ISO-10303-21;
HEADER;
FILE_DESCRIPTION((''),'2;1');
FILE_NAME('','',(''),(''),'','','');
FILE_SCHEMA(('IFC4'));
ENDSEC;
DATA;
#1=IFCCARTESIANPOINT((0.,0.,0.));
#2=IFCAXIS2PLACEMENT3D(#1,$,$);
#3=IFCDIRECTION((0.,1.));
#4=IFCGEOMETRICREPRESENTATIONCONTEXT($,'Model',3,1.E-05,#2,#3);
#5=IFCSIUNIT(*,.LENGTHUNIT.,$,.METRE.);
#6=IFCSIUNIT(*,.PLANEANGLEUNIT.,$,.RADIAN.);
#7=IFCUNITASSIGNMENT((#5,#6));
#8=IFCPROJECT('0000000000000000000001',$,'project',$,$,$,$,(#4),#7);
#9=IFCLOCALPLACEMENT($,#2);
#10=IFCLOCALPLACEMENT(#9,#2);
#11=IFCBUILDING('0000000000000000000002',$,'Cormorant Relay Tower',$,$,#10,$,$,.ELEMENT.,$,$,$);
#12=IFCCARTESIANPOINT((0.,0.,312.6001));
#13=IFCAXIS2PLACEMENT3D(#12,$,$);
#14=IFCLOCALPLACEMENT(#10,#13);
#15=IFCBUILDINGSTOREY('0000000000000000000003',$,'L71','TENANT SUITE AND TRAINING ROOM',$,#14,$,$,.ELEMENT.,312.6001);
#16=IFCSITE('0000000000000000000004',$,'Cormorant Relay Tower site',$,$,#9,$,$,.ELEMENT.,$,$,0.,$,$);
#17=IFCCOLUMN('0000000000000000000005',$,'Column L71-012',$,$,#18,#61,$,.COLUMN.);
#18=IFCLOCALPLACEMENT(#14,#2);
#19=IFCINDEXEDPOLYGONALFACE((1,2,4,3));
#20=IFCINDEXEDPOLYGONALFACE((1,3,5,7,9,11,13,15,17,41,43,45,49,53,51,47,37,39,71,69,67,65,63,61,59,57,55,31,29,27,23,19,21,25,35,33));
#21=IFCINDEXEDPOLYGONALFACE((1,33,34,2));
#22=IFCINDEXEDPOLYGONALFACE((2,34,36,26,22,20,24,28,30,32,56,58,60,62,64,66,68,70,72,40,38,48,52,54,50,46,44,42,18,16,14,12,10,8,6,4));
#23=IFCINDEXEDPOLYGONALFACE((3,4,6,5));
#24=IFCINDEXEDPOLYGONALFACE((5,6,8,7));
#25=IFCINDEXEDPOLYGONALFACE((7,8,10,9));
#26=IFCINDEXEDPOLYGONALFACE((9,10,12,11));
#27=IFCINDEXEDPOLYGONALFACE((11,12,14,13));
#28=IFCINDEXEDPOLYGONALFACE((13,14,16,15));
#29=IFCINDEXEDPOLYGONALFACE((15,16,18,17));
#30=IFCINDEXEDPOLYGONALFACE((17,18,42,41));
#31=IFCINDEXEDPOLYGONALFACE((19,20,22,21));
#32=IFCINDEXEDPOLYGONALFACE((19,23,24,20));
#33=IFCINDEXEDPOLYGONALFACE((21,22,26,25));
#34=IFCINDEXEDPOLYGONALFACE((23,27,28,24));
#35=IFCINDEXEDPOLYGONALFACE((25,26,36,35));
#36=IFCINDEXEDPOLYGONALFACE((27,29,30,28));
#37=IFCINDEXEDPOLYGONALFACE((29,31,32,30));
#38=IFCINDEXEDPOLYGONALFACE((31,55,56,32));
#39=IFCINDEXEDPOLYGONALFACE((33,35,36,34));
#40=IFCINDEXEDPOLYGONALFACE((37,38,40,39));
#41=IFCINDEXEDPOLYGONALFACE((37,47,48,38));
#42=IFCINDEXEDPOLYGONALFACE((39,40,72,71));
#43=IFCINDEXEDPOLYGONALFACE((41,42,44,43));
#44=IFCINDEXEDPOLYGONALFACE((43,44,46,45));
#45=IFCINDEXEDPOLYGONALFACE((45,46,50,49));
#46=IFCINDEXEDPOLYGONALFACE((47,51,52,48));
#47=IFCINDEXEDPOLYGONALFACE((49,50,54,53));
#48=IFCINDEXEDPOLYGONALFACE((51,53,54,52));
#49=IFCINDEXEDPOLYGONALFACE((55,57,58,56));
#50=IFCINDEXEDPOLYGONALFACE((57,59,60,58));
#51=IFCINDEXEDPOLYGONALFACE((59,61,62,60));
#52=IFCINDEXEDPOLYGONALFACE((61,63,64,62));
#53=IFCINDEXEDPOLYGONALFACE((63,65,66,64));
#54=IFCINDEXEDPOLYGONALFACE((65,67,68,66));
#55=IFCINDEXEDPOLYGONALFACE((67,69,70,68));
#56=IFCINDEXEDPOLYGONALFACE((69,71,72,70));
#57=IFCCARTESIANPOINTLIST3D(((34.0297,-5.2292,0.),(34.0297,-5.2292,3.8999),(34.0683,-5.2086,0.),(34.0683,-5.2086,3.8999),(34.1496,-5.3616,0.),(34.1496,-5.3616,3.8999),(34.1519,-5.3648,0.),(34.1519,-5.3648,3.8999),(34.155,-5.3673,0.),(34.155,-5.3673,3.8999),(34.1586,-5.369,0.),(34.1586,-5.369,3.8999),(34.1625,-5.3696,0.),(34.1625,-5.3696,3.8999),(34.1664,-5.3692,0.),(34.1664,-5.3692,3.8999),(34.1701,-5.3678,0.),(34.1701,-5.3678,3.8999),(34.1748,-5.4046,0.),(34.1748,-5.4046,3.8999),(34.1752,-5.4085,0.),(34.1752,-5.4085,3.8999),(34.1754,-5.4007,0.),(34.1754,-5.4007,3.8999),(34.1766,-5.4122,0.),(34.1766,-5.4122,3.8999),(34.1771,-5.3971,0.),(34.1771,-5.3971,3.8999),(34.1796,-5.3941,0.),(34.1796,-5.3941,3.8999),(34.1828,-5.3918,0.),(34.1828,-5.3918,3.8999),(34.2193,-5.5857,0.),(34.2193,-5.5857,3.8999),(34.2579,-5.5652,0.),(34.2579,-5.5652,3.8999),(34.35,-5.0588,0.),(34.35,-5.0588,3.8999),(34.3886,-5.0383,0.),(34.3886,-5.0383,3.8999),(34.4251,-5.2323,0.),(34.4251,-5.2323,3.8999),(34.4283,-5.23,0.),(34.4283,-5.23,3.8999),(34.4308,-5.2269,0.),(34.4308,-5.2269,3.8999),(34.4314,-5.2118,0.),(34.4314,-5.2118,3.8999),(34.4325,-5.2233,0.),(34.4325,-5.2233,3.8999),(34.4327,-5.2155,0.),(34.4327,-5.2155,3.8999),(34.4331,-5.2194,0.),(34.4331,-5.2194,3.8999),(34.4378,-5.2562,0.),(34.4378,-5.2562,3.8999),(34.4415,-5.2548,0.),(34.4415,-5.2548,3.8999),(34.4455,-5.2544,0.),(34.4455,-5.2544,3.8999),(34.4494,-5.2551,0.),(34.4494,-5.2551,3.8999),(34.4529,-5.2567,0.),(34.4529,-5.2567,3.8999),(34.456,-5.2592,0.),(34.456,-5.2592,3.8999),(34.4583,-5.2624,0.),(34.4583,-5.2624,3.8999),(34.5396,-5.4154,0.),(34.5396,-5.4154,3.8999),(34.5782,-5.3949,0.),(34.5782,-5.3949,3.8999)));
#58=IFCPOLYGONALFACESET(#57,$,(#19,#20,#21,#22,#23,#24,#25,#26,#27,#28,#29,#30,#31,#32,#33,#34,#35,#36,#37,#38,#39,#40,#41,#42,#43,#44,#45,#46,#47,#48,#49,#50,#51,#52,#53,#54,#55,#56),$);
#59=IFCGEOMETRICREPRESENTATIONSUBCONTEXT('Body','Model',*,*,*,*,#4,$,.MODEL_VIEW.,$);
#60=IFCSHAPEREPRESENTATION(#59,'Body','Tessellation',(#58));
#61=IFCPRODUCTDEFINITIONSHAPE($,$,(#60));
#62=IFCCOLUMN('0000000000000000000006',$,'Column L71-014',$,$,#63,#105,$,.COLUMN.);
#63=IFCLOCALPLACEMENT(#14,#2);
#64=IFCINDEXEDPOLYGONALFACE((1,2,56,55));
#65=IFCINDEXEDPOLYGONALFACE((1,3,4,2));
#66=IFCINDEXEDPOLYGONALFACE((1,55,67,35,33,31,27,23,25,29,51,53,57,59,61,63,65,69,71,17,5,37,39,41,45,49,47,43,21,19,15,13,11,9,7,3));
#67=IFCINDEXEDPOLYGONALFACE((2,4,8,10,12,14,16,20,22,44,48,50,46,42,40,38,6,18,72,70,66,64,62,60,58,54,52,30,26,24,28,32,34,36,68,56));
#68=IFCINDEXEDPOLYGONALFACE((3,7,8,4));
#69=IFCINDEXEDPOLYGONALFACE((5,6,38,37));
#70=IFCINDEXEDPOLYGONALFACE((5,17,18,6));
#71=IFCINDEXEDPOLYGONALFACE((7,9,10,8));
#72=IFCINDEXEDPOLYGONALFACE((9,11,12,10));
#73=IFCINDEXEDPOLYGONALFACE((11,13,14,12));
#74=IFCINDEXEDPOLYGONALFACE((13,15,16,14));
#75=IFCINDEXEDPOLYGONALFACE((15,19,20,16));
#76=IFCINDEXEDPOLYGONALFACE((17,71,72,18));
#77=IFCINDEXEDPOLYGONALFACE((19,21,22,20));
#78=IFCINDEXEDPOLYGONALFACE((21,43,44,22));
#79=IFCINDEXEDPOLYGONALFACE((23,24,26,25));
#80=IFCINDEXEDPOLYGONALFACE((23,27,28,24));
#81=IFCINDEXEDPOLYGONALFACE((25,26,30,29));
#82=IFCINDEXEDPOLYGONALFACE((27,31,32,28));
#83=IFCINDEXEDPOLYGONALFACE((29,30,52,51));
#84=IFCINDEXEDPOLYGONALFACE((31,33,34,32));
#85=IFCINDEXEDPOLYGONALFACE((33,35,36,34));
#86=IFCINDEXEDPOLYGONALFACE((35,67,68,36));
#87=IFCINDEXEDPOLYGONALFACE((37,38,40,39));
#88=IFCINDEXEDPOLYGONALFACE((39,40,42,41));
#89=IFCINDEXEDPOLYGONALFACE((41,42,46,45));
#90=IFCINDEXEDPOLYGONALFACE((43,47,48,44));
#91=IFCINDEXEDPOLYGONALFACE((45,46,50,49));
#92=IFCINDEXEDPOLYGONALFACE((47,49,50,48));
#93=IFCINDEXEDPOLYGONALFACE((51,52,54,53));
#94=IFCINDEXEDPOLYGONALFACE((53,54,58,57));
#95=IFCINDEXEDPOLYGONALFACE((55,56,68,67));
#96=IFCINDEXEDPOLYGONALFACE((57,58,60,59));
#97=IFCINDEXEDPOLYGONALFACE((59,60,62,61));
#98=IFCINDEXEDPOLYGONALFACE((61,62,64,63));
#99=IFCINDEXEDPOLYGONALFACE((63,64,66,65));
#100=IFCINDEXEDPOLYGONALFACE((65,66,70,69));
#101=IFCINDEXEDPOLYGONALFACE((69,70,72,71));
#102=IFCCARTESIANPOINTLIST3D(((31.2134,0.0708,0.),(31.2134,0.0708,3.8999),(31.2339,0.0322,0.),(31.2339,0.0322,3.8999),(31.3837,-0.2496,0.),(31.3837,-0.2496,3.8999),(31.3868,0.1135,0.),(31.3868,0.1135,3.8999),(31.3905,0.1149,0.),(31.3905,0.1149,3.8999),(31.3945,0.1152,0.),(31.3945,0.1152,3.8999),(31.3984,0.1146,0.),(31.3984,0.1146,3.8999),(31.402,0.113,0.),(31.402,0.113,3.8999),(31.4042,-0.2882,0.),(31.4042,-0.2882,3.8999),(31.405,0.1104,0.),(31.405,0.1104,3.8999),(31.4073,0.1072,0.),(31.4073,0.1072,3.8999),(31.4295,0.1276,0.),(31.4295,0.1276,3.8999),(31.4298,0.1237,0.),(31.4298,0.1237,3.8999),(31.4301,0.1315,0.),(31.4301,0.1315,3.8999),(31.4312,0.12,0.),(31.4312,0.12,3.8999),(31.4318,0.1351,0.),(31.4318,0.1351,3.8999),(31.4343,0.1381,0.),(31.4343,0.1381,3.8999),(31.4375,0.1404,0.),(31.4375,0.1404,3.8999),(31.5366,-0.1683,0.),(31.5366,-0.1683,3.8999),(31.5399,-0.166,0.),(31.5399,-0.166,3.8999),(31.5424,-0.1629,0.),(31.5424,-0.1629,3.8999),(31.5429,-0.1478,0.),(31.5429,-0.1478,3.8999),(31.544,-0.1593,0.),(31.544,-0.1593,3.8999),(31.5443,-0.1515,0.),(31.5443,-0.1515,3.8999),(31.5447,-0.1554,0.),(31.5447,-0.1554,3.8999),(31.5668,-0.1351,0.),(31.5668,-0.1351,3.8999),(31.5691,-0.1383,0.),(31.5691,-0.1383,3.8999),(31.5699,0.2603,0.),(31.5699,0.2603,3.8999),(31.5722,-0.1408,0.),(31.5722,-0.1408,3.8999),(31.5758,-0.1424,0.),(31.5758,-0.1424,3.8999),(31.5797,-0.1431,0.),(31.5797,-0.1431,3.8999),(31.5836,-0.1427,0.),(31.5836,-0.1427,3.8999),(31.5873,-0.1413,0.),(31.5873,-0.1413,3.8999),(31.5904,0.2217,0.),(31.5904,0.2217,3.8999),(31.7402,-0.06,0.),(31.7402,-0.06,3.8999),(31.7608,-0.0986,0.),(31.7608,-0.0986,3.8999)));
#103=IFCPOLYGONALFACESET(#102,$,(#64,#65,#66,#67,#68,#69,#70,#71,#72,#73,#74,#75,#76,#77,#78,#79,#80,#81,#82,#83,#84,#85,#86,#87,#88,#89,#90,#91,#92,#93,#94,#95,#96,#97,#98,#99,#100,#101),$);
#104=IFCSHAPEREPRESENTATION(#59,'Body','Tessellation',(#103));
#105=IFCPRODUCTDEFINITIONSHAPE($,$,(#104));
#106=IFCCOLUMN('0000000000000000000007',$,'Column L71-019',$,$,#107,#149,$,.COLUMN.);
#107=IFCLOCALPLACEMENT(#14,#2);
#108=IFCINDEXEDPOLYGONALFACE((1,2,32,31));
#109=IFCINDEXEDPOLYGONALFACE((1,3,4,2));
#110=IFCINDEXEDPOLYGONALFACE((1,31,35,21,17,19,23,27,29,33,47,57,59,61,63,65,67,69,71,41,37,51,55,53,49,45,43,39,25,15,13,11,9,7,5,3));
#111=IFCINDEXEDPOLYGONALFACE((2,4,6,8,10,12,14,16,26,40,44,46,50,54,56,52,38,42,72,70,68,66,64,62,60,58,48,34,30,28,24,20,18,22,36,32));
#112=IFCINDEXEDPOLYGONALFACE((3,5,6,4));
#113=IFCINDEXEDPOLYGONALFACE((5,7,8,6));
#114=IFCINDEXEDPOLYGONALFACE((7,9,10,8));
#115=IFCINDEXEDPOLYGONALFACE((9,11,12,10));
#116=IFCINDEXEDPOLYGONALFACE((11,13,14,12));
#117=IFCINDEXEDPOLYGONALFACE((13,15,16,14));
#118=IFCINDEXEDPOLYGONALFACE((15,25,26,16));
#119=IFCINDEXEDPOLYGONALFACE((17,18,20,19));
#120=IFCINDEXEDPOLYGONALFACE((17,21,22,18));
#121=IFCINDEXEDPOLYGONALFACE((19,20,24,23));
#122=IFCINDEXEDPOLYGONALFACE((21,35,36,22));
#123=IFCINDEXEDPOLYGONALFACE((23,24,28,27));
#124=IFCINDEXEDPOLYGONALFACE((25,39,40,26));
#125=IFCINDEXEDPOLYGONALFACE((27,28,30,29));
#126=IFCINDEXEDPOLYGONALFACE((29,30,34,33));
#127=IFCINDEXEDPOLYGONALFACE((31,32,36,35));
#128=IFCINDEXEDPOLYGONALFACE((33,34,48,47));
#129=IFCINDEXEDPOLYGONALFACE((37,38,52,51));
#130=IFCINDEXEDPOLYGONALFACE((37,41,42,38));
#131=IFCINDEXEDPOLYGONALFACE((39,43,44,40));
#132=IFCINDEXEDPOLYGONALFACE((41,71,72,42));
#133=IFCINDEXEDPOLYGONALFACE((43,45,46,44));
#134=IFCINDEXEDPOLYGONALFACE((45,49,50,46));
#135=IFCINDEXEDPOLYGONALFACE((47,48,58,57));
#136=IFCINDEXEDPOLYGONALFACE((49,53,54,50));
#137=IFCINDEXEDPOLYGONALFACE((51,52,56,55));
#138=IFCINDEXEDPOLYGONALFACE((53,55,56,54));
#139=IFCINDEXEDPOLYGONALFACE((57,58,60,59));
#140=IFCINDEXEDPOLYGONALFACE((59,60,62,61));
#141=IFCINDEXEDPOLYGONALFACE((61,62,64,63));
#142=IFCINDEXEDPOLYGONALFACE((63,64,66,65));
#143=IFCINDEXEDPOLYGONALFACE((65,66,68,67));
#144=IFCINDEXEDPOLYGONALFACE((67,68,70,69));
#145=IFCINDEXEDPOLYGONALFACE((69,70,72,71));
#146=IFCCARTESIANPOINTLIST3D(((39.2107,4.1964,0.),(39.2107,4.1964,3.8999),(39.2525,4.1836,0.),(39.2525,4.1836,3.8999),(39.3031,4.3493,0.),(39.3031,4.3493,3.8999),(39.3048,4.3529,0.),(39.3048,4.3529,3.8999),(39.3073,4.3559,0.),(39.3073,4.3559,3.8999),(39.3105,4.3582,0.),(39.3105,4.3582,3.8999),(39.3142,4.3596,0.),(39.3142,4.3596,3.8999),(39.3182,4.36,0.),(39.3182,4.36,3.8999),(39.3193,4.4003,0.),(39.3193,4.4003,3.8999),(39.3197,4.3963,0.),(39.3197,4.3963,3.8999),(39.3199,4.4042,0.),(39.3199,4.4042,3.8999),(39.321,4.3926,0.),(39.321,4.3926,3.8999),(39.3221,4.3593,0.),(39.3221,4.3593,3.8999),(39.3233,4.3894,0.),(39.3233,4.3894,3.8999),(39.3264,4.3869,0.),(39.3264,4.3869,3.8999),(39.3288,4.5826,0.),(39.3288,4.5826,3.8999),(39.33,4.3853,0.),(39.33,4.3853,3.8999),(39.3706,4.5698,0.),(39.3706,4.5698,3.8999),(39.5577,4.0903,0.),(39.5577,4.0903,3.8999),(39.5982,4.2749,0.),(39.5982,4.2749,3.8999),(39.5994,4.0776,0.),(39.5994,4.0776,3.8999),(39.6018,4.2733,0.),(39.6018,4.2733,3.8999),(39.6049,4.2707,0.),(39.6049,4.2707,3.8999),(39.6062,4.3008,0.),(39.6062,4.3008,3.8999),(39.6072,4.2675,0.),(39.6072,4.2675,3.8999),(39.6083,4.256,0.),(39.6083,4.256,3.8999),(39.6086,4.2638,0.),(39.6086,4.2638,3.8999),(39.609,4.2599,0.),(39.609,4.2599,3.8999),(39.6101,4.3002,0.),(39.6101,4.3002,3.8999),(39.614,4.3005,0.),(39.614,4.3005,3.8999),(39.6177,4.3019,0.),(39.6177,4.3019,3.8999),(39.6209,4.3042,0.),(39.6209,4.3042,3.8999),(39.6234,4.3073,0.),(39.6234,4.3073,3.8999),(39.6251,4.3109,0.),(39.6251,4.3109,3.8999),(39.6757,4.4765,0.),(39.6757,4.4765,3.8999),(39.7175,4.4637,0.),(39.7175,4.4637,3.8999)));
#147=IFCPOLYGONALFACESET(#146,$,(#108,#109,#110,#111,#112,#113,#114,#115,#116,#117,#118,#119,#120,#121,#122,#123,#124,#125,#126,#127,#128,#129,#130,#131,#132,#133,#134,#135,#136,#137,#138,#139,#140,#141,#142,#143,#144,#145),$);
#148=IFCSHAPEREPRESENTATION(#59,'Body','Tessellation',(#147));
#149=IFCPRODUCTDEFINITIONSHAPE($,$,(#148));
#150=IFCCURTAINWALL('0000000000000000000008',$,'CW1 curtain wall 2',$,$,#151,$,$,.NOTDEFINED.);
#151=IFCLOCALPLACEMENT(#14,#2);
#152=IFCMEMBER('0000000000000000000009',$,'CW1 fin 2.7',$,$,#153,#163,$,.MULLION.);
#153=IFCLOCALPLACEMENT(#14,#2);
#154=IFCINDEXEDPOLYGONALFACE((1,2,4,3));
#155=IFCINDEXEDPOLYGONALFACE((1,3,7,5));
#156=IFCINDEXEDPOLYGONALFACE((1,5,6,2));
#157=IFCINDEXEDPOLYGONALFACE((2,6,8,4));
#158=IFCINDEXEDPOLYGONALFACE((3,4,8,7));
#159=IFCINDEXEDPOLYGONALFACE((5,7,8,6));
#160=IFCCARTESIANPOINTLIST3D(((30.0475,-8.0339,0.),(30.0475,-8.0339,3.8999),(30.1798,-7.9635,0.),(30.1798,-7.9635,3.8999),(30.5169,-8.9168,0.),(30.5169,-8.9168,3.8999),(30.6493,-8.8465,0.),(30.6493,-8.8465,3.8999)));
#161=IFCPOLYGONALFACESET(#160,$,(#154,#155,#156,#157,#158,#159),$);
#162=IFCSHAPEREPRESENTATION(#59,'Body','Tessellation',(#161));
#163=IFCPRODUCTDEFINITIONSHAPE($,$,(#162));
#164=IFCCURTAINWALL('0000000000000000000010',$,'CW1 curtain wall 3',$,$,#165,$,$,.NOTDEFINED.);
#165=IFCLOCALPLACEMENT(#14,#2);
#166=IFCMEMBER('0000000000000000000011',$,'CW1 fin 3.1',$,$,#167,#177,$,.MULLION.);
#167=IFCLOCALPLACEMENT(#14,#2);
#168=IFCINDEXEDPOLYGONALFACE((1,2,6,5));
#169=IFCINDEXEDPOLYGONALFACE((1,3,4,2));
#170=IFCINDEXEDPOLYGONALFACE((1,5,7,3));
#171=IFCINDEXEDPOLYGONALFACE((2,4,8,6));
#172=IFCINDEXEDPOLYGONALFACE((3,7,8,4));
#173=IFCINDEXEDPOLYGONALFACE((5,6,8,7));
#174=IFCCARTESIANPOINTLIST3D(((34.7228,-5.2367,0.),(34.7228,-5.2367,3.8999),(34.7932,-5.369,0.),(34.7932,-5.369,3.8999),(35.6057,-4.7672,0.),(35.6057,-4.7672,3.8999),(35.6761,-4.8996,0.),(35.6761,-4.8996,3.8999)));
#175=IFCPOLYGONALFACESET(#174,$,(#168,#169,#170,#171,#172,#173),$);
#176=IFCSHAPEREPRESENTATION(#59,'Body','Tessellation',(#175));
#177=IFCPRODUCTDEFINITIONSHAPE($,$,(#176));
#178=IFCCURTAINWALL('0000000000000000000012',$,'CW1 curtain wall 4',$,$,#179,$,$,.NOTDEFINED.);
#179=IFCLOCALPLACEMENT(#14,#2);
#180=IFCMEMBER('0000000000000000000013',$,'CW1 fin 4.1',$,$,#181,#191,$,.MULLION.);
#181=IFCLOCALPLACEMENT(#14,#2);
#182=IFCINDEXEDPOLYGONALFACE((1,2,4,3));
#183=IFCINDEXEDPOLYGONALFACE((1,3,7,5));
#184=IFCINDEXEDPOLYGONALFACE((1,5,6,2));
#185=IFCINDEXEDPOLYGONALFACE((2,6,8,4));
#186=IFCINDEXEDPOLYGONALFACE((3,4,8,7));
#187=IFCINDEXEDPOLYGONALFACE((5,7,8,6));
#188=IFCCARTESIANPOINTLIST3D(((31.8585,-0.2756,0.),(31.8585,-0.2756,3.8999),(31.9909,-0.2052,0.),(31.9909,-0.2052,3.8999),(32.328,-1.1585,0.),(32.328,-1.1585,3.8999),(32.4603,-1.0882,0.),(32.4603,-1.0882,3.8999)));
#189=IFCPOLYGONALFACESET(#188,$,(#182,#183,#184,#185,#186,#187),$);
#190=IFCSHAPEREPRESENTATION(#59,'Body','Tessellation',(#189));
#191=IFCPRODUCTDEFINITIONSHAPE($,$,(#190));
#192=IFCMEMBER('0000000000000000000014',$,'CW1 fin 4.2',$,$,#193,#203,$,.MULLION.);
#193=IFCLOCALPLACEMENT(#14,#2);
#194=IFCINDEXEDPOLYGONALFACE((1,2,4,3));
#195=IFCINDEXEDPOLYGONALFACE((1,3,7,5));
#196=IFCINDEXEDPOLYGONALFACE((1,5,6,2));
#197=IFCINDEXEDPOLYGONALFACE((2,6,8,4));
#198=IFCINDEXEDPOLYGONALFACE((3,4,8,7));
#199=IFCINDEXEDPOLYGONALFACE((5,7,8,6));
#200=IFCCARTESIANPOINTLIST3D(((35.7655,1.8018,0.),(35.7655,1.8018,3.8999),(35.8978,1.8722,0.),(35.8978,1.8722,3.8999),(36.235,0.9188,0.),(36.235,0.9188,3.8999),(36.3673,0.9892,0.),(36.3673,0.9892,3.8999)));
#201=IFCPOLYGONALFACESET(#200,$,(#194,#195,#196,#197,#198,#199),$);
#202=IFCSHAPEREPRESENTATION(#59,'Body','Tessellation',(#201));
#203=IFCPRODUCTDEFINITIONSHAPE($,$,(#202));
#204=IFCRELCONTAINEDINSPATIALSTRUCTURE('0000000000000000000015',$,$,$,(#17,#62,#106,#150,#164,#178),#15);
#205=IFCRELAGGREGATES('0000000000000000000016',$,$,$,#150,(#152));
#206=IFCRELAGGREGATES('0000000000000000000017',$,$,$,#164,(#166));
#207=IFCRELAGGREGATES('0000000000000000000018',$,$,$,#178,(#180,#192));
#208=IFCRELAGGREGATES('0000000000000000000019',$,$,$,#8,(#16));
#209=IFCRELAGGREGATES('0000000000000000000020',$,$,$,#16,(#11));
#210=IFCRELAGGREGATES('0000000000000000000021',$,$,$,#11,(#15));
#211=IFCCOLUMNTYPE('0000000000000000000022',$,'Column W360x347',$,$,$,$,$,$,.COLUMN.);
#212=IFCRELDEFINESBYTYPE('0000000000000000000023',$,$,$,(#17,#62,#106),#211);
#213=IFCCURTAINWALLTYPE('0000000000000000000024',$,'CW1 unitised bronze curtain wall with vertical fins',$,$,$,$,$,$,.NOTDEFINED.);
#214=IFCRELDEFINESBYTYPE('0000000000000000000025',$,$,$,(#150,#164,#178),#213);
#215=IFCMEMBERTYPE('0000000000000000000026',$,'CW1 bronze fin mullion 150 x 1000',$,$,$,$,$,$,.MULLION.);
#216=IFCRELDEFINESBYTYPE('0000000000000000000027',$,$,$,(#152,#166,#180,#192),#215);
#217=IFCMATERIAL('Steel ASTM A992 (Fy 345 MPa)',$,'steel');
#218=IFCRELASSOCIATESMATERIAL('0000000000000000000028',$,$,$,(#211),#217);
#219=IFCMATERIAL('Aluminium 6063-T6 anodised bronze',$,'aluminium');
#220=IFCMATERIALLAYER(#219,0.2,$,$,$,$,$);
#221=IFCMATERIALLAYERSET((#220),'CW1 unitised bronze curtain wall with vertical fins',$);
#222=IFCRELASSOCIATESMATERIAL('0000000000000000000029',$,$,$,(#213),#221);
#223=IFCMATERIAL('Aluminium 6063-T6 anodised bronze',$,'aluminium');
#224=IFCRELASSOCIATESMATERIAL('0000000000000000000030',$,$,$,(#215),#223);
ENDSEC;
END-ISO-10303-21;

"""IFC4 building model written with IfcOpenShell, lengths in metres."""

from ifc_helpers import new_model, si_unit, direction, frame, origin, origin_2d, place, context, subcontext, project, spatial, rectangle, i_section, extrude, material, layer, layer_set, material_profile, profile_set, type_object, element, aggregate, save


model = new_model("IFC4")

# Units and contexts
model_context = context("Model", 3, precision=1e-05, world=origin(), true_north=direction((0.0, 1.0)))
body_context = subcontext(model_context, "Body", "Model", "MODEL_VIEW")
ifc_project = project(units=[si_unit("LENGTHUNIT", "METRE"), si_unit("PLANEANGLEUNIT", "RADIAN")], contexts=[model_context])

# Site, building, storey
site_placement = place(None, origin())
site = spatial("IfcSite", under=ifc_project, at=site_placement, Name="Cormorant Relay Tower site", CompositionType="ELEMENT", RefElevation=0.0)
building_placement = place(site_placement, origin())
building = spatial("IfcBuilding", under=site, at=building_placement, Name="Cormorant Relay Tower", CompositionType="ELEMENT")
storey_placement = place(building_placement, frame((0.0, 0.0, 312.6001)))
storey = spatial("IfcBuildingStorey", under=building, at=storey_placement, Name="L71", Description="TENANT SUITE AND TRAINING ROOM", CompositionType="ELEMENT", Elevation=312.6001)

# Columns
ifc_material_1 = material(Name="Steel ASTM A992 (Fy 345 MPa)", Category="steel")
ifc_material_profile_1 = material_profile(ifc_material_1, i_section(OverallWidth=0.4038, OverallDepth=0.4065, WebThickness=0.0271, FlangeThickness=0.0437, FilletRadius=0.0151, at=origin_2d()), Name="W360x347")
ifc_profile_set_1 = profile_set([ifc_material_profile_1], Name="Steel ASTM A992 (Fy 345 MPa)")
column_type = type_object("IfcColumnType", Name="Column W360x347", PredefinedType="COLUMN", material=ifc_profile_set_1)
for number, where, z_axis, x_axis, name in (
    (1, (34.304, -5.312, 0.0), (0.0, 0.0, 1.0), (-0.469472, 0.882948, 0.0), "Column L71-012"),
    (2, (31.4871, -0.0139, 0.0), (0.0, 0.0, 1.0), (0.882948, 0.469472, 0.0), "Column L71-014"),
    (3, (39.4641, 4.3301, 0.0), (0.0, 0.0, 1.0), (0.292372, 0.956305, 0.0), "Column L71-019"),
):
    element("IfcColumn", number, at=place(storey_placement, frame(where, z_axis=z_axis, x_axis=x_axis)), inside=storey, type_object=column_type, Name=name, PredefinedType="COLUMN", context=body_context, shape_type="SweptSolid", body=[
        extrude(i_section(OverallWidth=0.4038, OverallDepth=0.4065, WebThickness=0.0271, FlangeThickness=0.0437, FilletRadius=0.0151, at=origin_2d()), origin(), (0.0, 0.0, 1.0), 3.8999),
    ])

# Curtain walls, members
ifc_material_2 = material(Name="Aluminium 6063-T6 anodised bronze", Category="aluminium")
ifc_layer_1 = layer(ifc_material_2, 0.2)
ifc_layer_set_1 = layer_set([ifc_layer_1], Name="CW1 unitised bronze curtain wall with vertical fins")
curtain_wall_type = type_object("IfcCurtainWallType", Name="CW1 unitised bronze curtain wall with vertical fins", PredefinedType="NOTDEFINED", material=ifc_layer_set_1)
curtain_wall_1_placement = place(storey_placement, origin())
curtain_wall_1 = element("IfcCurtainWall", 4, at=curtain_wall_1_placement, inside=storey, type_object=curtain_wall_type, Name="CW1 curtain wall 2", PredefinedType="NOTDEFINED")
ifc_material_3 = material(Name="Aluminium 6063-T6 anodised bronze", Category="aluminium")
ifc_material_profile_2 = material_profile(ifc_material_3, rectangle(XDim=0.1499, YDim=1.0, at=origin_2d()), Name="AL 150x1000")
ifc_profile_set_2 = profile_set([ifc_material_profile_2], Name="Aluminium 6063-T6 anodised bronze")
member_type_1 = type_object("IfcMemberType", Name="CW1 bronze fin mullion 150 x 1000", PredefinedType="MULLION", material=ifc_profile_set_2)
member_1_placement = place(storey_placement, frame((30.3484, -8.4402, 0.0), z_axis=(0.0, 0.0, 1.0), x_axis=(0.882948, 0.469472, 0.0)))
member_1 = element("IfcMember", 5, at=member_1_placement, type_object=member_type_1, Name="CW1 fin 2.7", PredefinedType="MULLION", context=body_context, shape_type="SweptSolid", body=[
    extrude(rectangle(XDim=0.1499, YDim=1.0, at=origin_2d()), origin(), (0.0, 0.0, 1.0), 3.8999),
])
curtain_wall_2_placement = place(storey_placement, origin())
curtain_wall_2 = element("IfcCurtainWall", 6, at=curtain_wall_2_placement, inside=storey, type_object=curtain_wall_type, Name="CW1 curtain wall 3", PredefinedType="NOTDEFINED")
member_2_placement = place(storey_placement, frame((35.1995, -5.0681, 0.0), z_axis=(0.0, 0.0, 1.0), x_axis=(-0.469472, 0.882948, 0.0)))
member_2 = element("IfcMember", 7, at=member_2_placement, type_object=member_type_1, Name="CW1 fin 3.1", PredefinedType="MULLION", context=body_context, shape_type="SweptSolid", body=[
    extrude(rectangle(XDim=0.1499, YDim=1.0, at=origin_2d()), origin(), (0.0, 0.0, 1.0), 3.8999),
])

# Curtain wall, members
curtain_wall_3_placement = place(storey_placement, origin())
curtain_wall_3 = element("IfcCurtainWall", 8, at=curtain_wall_3_placement, inside=storey, type_object=curtain_wall_type, Name="CW1 curtain wall 4", PredefinedType="NOTDEFINED")
member_3_placement = place(storey_placement, frame((32.1594, -0.6819, 0.0), z_axis=(0.0, 0.0, 1.0), x_axis=(0.882948, 0.469472, 0.0)))
member_3 = element("IfcMember", 9, at=member_3_placement, type_object=member_type_1, Name="CW1 fin 4.1", PredefinedType="MULLION", context=body_context, shape_type="SweptSolid", body=[
    extrude(rectangle(XDim=0.1499, YDim=1.0, at=origin_2d()), origin(), (0.0, 0.0, 1.0), 3.8999),
])
member_4_placement = place(storey_placement, frame((36.0664, 1.3955, 0.0), z_axis=(0.0, 0.0, 1.0), x_axis=(0.882948, 0.469472, 0.0)))
member_4 = element("IfcMember", 10, at=member_4_placement, type_object=member_type_1, Name="CW1 fin 4.2", PredefinedType="MULLION", context=body_context, shape_type="SweptSolid", body=[
    extrude(rectangle(XDim=0.1499, YDim=1.0, at=origin_2d()), origin(), (0.0, 0.0, 1.0), 3.8999),
])

aggregate(curtain_wall_1, [member_1])
aggregate(curtain_wall_2, [member_2])
aggregate(curtain_wall_3, [member_3, member_4])

save(model, "model.ifc")
